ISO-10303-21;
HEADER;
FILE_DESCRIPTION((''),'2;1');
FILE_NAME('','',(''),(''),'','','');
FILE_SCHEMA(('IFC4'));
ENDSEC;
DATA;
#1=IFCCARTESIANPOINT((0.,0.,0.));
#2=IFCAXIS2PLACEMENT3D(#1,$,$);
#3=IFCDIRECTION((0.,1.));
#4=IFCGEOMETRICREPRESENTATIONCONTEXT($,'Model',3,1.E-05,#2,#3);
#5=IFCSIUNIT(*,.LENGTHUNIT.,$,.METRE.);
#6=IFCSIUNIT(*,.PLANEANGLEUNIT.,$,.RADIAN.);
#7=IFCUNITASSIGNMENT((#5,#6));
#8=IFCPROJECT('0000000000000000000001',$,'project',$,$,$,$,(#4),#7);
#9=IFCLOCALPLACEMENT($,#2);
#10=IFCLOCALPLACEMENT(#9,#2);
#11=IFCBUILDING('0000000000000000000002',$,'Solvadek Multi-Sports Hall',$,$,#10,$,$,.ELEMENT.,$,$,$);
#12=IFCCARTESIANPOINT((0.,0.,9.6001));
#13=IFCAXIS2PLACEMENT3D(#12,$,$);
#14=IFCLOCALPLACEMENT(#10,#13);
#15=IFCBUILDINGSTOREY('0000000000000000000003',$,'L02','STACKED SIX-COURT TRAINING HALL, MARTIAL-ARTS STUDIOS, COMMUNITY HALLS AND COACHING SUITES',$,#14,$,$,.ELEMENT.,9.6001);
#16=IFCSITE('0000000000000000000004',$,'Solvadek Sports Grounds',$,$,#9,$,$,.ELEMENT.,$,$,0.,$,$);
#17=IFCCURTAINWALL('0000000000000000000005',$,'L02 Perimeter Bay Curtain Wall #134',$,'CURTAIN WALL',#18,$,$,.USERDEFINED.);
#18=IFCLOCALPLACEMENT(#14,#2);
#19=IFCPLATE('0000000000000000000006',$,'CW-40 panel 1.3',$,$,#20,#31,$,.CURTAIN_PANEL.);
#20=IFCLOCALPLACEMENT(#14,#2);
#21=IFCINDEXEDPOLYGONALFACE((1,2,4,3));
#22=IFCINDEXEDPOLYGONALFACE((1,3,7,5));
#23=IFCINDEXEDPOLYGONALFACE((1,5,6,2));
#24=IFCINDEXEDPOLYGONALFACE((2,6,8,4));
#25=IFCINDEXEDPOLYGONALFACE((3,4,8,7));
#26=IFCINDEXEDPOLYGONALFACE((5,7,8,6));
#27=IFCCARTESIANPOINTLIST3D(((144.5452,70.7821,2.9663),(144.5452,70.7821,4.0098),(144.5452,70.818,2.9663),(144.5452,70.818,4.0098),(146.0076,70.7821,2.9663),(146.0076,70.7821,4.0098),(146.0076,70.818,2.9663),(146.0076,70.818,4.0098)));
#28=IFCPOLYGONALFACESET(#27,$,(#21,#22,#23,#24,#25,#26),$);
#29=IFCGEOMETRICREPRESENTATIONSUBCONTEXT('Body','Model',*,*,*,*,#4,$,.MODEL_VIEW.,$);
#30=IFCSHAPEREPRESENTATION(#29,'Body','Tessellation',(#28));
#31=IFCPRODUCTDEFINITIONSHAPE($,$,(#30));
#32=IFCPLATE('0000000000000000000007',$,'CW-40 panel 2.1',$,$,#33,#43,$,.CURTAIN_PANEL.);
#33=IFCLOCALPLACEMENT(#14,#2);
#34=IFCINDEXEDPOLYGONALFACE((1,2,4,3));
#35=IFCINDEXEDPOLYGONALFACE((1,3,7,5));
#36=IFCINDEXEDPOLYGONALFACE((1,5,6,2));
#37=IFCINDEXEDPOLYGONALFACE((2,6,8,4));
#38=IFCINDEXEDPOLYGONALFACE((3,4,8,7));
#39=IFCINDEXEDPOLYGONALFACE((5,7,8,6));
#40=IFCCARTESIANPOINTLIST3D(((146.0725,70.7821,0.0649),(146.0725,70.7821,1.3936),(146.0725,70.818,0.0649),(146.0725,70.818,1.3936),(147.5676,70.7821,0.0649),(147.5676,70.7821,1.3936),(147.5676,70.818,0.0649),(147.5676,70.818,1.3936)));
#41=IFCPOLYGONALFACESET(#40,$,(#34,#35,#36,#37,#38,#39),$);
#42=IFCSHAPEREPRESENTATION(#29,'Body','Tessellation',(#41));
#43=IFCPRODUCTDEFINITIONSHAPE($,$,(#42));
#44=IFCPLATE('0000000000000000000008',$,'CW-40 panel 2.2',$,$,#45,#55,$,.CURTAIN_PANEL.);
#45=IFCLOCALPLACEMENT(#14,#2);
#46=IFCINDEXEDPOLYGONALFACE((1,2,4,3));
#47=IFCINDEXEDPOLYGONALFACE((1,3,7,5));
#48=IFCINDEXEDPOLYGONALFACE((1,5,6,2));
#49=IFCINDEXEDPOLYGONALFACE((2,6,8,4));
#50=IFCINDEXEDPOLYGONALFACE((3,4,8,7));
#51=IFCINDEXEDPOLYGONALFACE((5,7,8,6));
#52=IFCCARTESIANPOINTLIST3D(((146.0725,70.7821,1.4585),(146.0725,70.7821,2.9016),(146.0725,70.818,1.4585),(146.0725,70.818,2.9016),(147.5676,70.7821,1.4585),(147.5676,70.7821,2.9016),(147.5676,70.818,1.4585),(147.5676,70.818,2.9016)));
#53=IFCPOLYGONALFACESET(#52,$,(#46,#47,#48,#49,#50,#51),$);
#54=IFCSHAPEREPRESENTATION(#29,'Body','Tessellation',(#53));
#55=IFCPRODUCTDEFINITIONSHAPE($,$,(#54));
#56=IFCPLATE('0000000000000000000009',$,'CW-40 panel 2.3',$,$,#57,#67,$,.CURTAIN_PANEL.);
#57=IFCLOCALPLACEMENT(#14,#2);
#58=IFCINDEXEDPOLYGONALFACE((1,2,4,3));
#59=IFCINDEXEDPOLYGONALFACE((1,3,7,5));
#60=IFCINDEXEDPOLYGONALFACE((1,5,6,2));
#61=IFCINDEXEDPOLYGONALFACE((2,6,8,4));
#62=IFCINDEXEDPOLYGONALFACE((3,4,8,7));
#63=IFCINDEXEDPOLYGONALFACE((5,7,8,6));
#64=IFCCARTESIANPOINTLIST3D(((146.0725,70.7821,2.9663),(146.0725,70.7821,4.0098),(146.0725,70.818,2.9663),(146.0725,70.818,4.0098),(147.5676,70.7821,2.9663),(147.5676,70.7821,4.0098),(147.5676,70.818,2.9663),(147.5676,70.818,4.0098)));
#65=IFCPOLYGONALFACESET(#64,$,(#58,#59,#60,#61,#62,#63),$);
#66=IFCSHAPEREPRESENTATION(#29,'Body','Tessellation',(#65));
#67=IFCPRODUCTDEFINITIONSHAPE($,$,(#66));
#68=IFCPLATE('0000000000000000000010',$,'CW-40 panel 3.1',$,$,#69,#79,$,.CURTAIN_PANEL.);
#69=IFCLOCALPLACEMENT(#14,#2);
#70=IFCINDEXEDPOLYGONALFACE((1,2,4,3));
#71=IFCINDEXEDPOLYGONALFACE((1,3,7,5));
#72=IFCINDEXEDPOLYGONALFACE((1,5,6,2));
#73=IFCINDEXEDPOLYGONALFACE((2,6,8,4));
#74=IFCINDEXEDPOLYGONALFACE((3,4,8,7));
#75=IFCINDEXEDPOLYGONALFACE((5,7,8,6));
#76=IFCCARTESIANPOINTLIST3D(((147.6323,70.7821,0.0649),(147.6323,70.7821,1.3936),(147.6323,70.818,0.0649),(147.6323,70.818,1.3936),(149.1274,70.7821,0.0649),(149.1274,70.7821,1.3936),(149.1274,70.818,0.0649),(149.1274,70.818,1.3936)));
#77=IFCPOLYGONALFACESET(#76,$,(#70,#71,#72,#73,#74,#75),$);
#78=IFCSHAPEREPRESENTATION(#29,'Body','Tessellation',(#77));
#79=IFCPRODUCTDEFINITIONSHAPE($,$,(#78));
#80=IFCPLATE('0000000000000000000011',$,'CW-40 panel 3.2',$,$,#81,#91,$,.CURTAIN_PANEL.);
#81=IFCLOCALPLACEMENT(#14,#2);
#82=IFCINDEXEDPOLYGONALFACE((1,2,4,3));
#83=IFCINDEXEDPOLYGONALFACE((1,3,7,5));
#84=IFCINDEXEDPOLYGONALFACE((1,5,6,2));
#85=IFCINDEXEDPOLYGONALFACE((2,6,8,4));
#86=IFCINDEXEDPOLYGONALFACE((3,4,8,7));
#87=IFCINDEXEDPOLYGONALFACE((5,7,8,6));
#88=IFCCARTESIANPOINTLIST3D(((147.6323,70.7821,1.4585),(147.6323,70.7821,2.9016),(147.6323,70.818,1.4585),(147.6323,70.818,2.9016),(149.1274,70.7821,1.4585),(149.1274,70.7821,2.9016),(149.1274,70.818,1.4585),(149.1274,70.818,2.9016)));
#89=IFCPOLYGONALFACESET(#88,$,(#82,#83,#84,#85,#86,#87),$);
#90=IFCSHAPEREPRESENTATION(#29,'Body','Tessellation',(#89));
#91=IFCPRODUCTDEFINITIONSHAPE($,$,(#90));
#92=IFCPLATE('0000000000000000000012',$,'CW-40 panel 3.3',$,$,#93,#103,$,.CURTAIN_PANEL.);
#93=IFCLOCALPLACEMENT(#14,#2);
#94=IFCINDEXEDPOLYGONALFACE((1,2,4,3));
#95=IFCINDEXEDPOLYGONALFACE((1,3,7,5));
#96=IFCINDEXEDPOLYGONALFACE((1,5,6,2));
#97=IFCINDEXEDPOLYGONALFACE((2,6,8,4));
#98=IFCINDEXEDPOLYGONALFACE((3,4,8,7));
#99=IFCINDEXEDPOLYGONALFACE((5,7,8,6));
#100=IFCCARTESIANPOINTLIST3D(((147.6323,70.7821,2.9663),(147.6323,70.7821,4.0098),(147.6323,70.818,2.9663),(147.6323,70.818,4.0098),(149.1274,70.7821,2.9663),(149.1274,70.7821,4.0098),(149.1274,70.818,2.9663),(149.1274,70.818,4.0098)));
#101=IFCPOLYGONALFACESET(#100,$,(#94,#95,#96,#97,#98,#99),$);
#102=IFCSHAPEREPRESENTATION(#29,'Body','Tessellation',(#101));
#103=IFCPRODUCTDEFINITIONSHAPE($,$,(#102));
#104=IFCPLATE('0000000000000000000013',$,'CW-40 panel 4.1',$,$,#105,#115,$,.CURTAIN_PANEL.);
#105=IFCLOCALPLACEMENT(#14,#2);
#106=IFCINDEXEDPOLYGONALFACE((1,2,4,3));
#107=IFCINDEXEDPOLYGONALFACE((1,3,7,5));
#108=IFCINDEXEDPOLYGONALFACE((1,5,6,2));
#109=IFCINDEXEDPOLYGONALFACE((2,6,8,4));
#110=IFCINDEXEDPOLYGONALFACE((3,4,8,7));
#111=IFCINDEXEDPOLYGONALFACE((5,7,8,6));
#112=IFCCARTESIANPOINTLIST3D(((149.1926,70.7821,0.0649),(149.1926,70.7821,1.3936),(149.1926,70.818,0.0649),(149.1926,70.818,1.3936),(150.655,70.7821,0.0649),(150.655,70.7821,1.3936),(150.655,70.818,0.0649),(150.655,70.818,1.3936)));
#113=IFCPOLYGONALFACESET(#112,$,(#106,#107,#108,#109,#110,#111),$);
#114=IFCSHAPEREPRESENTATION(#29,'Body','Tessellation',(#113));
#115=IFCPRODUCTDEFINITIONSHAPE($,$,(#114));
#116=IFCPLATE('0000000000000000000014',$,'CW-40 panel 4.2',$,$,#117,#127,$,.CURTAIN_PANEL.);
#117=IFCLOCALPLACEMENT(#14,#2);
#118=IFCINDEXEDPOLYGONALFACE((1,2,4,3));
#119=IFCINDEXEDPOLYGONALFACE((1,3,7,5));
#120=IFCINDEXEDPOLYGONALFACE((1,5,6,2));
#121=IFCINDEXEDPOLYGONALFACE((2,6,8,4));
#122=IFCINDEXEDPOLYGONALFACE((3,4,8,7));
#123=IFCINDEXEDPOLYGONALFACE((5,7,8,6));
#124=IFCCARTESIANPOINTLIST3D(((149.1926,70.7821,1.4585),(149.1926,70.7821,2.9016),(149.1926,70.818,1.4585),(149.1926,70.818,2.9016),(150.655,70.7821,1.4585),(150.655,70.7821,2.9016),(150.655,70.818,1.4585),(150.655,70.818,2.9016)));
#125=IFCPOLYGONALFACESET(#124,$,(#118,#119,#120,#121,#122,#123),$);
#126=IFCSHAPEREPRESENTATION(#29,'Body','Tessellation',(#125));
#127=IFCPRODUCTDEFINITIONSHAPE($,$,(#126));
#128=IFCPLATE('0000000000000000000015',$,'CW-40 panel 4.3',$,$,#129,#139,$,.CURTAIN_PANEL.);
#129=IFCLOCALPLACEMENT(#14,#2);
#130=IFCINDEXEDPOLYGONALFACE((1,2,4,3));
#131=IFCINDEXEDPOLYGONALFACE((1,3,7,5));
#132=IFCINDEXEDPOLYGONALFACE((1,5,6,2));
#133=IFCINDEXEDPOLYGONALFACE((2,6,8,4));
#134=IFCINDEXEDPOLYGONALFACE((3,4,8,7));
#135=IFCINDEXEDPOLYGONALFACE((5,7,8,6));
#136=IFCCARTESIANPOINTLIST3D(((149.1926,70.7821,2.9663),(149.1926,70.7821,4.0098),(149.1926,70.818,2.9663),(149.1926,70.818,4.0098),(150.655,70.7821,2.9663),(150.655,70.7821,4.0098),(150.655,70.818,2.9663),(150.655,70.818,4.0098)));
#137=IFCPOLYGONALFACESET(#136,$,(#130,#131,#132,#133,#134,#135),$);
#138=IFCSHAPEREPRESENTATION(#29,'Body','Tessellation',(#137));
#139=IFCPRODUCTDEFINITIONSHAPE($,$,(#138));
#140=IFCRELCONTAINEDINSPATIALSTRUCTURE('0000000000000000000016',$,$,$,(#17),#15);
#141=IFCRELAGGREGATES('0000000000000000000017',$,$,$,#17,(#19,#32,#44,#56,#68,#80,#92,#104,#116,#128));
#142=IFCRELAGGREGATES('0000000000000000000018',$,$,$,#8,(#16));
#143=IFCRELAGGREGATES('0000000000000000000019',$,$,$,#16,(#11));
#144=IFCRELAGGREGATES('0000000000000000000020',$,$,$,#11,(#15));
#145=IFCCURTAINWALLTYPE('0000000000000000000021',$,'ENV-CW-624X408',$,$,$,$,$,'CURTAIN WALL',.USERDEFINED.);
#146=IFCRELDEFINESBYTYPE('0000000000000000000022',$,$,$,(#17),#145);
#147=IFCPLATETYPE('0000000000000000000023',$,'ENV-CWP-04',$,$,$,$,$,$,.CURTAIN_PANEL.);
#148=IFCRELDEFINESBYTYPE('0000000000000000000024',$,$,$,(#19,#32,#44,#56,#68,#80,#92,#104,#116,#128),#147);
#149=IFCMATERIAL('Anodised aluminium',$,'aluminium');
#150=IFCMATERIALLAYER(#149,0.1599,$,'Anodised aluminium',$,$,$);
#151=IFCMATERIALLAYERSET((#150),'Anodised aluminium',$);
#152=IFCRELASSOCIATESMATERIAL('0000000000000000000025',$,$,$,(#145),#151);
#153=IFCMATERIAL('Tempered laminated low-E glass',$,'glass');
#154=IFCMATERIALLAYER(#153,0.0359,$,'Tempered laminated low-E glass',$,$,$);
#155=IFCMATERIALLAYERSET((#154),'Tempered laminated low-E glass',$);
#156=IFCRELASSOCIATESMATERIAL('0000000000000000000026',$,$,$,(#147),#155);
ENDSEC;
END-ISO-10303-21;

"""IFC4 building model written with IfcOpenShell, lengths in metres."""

from ifc_helpers import new_model, si_unit, direction, frame, origin, origin_2d, place, context, subcontext, project, spatial, rectangle, extrude, material, layer, layer_set, type_object, element, aggregate, save


model = new_model("IFC4")

# Units and contexts
model_context = context("Model", 3, precision=1e-05, world=origin(), true_north=direction((0.0, 1.0)))
body_context = subcontext(model_context, "Body", "Model", "MODEL_VIEW")
ifc_project = project(units=[si_unit("LENGTHUNIT", "METRE"), si_unit("PLANEANGLEUNIT", "RADIAN")], contexts=[model_context])

# Site, building, storey
site_placement = place(None, origin())
site = spatial("IfcSite", under=ifc_project, at=site_placement, Name="Solvadek Sports Grounds", CompositionType="ELEMENT", RefElevation=0.0)
building_placement = place(site_placement, origin())
building = spatial("IfcBuilding", under=site, at=building_placement, Name="Solvadek Multi-Sports Hall", CompositionType="ELEMENT")
storey_placement = place(building_placement, frame((0.0, 0.0, 9.6001)))
storey = spatial("IfcBuildingStorey", under=building, at=storey_placement, Name="L02", Description="STACKED SIX-COURT TRAINING HALL, MARTIAL-ARTS STUDIOS, COMMUNITY HALLS AND COACHING SUITES", CompositionType="ELEMENT", Elevation=9.6001)

# Curtain wall
ifc_material_1 = material(Name="Anodised aluminium", Category="aluminium")
ifc_layer_1 = layer(ifc_material_1, 0.1599, Name="Anodised aluminium")
ifc_layer_set_1 = layer_set([ifc_layer_1], Name="Anodised aluminium")
curtain_wall_type_1 = type_object("IfcCurtainWallType", Name="ENV-CW-624X408", ElementType="CURTAIN WALL", PredefinedType="USERDEFINED", material=ifc_layer_set_1)
curtain_wall_1_placement = place(storey_placement, origin())
curtain_wall_1 = element("IfcCurtainWall", 1, at=curtain_wall_1_placement, inside=storey, type_object=curtain_wall_type_1, Name="L02 Perimeter Bay Curtain Wall #134", ObjectType="CURTAIN WALL", PredefinedType="USERDEFINED")

# Plates
ifc_material_2 = material(Name="Tempered laminated low-E glass", Category="glass")
ifc_layer_2 = layer(ifc_material_2, 0.0359, Name="Tempered laminated low-E glass")
ifc_layer_set_2 = layer_set([ifc_layer_2], Name="Tempered laminated low-E glass")
plate_type = type_object("IfcPlateType", Name="ENV-CWP-04", PredefinedType="CURTAIN_PANEL", material=ifc_layer_set_2)
plate_1_placement = place(storey_placement, frame((145.2764, 70.8, 2.9663), z_axis=(0.0, 0.0, 1.0), x_axis=(1.0, 0.0, 0.0)))
plate_1 = element("IfcPlate", 2, at=plate_1_placement, type_object=plate_type, Name="CW-40 panel 1.3", PredefinedType="CURTAIN_PANEL", context=body_context, shape_type="SweptSolid", body=[
    extrude(rectangle(XDim=1.4624, YDim=0.0359, at=origin_2d()), origin(), (0.0, 0.0, 1.0), 1.0435),
])
plate_2_placement = place(storey_placement, frame((146.8201, 70.8, 0.0649), z_axis=(0.0, 0.0, 1.0), x_axis=(1.0, 0.0, 0.0)))
plate_2 = element("IfcPlate", 3, at=plate_2_placement, type_object=plate_type, Name="CW-40 panel 2.1", PredefinedType="CURTAIN_PANEL", context=body_context, shape_type="SweptSolid", body=[
    extrude(rectangle(XDim=1.4951, YDim=0.0359, at=origin_2d()), origin(), (0.0, 0.0, 1.0), 1.3286),
])
plate_3_placement = place(storey_placement, frame((146.8201, 70.8, 1.4585), z_axis=(0.0, 0.0, 1.0), x_axis=(1.0, 0.0, 0.0)))
plate_3 = element("IfcPlate", 4, at=plate_3_placement, type_object=plate_type, Name="CW-40 panel 2.2", PredefinedType="CURTAIN_PANEL", context=body_context, shape_type="SweptSolid", body=[
    extrude(rectangle(XDim=1.4951, YDim=0.0359, at=origin_2d()), origin(), (0.0, 0.0, 1.0), 1.4431),
])
plate_4_placement = place(storey_placement, frame((146.8201, 70.8, 2.9663), z_axis=(0.0, 0.0, 1.0), x_axis=(1.0, 0.0, 0.0)))
plate_4 = element("IfcPlate", 5, at=plate_4_placement, type_object=plate_type, Name="CW-40 panel 2.3", PredefinedType="CURTAIN_PANEL", context=body_context, shape_type="SweptSolid", body=[
    extrude(rectangle(XDim=1.4951, YDim=0.0359, at=origin_2d()), origin(), (0.0, 0.0, 1.0), 1.0435),
])
plate_5_placement = place(storey_placement, frame((148.3799, 70.8, 0.0649), z_axis=(0.0, 0.0, 1.0), x_axis=(1.0, 0.0, 0.0)))
plate_5 = element("IfcPlate", 6, at=plate_5_placement, type_object=plate_type, Name="CW-40 panel 3.1", PredefinedType="CURTAIN_PANEL", context=body_context, shape_type="SweptSolid", body=[
    extrude(rectangle(XDim=1.4951, YDim=0.0359, at=origin_2d()), origin(), (0.0, 0.0, 1.0), 1.3286),
])
plate_6_placement = place(storey_placement, frame((148.3799, 70.8, 1.4585), z_axis=(0.0, 0.0, 1.0), x_axis=(1.0, 0.0, 0.0)))
plate_6 = element("IfcPlate", 7, at=plate_6_placement, type_object=plate_type, Name="CW-40 panel 3.2", PredefinedType="CURTAIN_PANEL", context=body_context, shape_type="SweptSolid", body=[
    extrude(rectangle(XDim=1.4951, YDim=0.0359, at=origin_2d()), origin(), (0.0, 0.0, 1.0), 1.4431),
])
plate_7_placement = place(storey_placement, frame((148.3799, 70.8, 2.9663), z_axis=(0.0, 0.0, 1.0), x_axis=(1.0, 0.0, 0.0)))
plate_7 = element("IfcPlate", 8, at=plate_7_placement, type_object=plate_type, Name="CW-40 panel 3.3", PredefinedType="CURTAIN_PANEL", context=body_context, shape_type="SweptSolid", body=[
    extrude(rectangle(XDim=1.4951, YDim=0.0359, at=origin_2d()), origin(), (0.0, 0.0, 1.0), 1.0435),
])
plate_8_placement = place(storey_placement, frame((149.9238, 70.8, 0.0649), z_axis=(0.0, 0.0, 1.0), x_axis=(1.0, 0.0, 0.0)))
plate_8 = element("IfcPlate", 9, at=plate_8_placement, type_object=plate_type, Name="CW-40 panel 4.1", PredefinedType="CURTAIN_PANEL", context=body_context, shape_type="SweptSolid", body=[
    extrude(rectangle(XDim=1.4624, YDim=0.0359, at=origin_2d()), origin(), (0.0, 0.0, 1.0), 1.3286),
])
plate_9_placement = place(storey_placement, frame((149.9238, 70.8, 1.4585), z_axis=(0.0, 0.0, 1.0), x_axis=(1.0, 0.0, 0.0)))
plate_9 = element("IfcPlate", 10, at=plate_9_placement, type_object=plate_type, Name="CW-40 panel 4.2", PredefinedType="CURTAIN_PANEL", context=body_context, shape_type="SweptSolid", body=[
    extrude(rectangle(XDim=1.4624, YDim=0.0359, at=origin_2d()), origin(), (0.0, 0.0, 1.0), 1.4431),
])
plate_10_placement = place(storey_placement, frame((149.9238, 70.8, 2.9663), z_axis=(0.0, 0.0, 1.0), x_axis=(1.0, 0.0, 0.0)))
plate_10 = element("IfcPlate", 11, at=plate_10_placement, type_object=plate_type, Name="CW-40 panel 4.3", PredefinedType="CURTAIN_PANEL", context=body_context, shape_type="SweptSolid", body=[
    extrude(rectangle(XDim=1.4624, YDim=0.0359, at=origin_2d()), origin(), (0.0, 0.0, 1.0), 1.0435),
])
aggregate(curtain_wall_1, [plate_1, plate_2, plate_3, plate_4, plate_5, plate_6, plate_7, plate_8, plate_9, plate_10])

save(model, "model.ifc")
